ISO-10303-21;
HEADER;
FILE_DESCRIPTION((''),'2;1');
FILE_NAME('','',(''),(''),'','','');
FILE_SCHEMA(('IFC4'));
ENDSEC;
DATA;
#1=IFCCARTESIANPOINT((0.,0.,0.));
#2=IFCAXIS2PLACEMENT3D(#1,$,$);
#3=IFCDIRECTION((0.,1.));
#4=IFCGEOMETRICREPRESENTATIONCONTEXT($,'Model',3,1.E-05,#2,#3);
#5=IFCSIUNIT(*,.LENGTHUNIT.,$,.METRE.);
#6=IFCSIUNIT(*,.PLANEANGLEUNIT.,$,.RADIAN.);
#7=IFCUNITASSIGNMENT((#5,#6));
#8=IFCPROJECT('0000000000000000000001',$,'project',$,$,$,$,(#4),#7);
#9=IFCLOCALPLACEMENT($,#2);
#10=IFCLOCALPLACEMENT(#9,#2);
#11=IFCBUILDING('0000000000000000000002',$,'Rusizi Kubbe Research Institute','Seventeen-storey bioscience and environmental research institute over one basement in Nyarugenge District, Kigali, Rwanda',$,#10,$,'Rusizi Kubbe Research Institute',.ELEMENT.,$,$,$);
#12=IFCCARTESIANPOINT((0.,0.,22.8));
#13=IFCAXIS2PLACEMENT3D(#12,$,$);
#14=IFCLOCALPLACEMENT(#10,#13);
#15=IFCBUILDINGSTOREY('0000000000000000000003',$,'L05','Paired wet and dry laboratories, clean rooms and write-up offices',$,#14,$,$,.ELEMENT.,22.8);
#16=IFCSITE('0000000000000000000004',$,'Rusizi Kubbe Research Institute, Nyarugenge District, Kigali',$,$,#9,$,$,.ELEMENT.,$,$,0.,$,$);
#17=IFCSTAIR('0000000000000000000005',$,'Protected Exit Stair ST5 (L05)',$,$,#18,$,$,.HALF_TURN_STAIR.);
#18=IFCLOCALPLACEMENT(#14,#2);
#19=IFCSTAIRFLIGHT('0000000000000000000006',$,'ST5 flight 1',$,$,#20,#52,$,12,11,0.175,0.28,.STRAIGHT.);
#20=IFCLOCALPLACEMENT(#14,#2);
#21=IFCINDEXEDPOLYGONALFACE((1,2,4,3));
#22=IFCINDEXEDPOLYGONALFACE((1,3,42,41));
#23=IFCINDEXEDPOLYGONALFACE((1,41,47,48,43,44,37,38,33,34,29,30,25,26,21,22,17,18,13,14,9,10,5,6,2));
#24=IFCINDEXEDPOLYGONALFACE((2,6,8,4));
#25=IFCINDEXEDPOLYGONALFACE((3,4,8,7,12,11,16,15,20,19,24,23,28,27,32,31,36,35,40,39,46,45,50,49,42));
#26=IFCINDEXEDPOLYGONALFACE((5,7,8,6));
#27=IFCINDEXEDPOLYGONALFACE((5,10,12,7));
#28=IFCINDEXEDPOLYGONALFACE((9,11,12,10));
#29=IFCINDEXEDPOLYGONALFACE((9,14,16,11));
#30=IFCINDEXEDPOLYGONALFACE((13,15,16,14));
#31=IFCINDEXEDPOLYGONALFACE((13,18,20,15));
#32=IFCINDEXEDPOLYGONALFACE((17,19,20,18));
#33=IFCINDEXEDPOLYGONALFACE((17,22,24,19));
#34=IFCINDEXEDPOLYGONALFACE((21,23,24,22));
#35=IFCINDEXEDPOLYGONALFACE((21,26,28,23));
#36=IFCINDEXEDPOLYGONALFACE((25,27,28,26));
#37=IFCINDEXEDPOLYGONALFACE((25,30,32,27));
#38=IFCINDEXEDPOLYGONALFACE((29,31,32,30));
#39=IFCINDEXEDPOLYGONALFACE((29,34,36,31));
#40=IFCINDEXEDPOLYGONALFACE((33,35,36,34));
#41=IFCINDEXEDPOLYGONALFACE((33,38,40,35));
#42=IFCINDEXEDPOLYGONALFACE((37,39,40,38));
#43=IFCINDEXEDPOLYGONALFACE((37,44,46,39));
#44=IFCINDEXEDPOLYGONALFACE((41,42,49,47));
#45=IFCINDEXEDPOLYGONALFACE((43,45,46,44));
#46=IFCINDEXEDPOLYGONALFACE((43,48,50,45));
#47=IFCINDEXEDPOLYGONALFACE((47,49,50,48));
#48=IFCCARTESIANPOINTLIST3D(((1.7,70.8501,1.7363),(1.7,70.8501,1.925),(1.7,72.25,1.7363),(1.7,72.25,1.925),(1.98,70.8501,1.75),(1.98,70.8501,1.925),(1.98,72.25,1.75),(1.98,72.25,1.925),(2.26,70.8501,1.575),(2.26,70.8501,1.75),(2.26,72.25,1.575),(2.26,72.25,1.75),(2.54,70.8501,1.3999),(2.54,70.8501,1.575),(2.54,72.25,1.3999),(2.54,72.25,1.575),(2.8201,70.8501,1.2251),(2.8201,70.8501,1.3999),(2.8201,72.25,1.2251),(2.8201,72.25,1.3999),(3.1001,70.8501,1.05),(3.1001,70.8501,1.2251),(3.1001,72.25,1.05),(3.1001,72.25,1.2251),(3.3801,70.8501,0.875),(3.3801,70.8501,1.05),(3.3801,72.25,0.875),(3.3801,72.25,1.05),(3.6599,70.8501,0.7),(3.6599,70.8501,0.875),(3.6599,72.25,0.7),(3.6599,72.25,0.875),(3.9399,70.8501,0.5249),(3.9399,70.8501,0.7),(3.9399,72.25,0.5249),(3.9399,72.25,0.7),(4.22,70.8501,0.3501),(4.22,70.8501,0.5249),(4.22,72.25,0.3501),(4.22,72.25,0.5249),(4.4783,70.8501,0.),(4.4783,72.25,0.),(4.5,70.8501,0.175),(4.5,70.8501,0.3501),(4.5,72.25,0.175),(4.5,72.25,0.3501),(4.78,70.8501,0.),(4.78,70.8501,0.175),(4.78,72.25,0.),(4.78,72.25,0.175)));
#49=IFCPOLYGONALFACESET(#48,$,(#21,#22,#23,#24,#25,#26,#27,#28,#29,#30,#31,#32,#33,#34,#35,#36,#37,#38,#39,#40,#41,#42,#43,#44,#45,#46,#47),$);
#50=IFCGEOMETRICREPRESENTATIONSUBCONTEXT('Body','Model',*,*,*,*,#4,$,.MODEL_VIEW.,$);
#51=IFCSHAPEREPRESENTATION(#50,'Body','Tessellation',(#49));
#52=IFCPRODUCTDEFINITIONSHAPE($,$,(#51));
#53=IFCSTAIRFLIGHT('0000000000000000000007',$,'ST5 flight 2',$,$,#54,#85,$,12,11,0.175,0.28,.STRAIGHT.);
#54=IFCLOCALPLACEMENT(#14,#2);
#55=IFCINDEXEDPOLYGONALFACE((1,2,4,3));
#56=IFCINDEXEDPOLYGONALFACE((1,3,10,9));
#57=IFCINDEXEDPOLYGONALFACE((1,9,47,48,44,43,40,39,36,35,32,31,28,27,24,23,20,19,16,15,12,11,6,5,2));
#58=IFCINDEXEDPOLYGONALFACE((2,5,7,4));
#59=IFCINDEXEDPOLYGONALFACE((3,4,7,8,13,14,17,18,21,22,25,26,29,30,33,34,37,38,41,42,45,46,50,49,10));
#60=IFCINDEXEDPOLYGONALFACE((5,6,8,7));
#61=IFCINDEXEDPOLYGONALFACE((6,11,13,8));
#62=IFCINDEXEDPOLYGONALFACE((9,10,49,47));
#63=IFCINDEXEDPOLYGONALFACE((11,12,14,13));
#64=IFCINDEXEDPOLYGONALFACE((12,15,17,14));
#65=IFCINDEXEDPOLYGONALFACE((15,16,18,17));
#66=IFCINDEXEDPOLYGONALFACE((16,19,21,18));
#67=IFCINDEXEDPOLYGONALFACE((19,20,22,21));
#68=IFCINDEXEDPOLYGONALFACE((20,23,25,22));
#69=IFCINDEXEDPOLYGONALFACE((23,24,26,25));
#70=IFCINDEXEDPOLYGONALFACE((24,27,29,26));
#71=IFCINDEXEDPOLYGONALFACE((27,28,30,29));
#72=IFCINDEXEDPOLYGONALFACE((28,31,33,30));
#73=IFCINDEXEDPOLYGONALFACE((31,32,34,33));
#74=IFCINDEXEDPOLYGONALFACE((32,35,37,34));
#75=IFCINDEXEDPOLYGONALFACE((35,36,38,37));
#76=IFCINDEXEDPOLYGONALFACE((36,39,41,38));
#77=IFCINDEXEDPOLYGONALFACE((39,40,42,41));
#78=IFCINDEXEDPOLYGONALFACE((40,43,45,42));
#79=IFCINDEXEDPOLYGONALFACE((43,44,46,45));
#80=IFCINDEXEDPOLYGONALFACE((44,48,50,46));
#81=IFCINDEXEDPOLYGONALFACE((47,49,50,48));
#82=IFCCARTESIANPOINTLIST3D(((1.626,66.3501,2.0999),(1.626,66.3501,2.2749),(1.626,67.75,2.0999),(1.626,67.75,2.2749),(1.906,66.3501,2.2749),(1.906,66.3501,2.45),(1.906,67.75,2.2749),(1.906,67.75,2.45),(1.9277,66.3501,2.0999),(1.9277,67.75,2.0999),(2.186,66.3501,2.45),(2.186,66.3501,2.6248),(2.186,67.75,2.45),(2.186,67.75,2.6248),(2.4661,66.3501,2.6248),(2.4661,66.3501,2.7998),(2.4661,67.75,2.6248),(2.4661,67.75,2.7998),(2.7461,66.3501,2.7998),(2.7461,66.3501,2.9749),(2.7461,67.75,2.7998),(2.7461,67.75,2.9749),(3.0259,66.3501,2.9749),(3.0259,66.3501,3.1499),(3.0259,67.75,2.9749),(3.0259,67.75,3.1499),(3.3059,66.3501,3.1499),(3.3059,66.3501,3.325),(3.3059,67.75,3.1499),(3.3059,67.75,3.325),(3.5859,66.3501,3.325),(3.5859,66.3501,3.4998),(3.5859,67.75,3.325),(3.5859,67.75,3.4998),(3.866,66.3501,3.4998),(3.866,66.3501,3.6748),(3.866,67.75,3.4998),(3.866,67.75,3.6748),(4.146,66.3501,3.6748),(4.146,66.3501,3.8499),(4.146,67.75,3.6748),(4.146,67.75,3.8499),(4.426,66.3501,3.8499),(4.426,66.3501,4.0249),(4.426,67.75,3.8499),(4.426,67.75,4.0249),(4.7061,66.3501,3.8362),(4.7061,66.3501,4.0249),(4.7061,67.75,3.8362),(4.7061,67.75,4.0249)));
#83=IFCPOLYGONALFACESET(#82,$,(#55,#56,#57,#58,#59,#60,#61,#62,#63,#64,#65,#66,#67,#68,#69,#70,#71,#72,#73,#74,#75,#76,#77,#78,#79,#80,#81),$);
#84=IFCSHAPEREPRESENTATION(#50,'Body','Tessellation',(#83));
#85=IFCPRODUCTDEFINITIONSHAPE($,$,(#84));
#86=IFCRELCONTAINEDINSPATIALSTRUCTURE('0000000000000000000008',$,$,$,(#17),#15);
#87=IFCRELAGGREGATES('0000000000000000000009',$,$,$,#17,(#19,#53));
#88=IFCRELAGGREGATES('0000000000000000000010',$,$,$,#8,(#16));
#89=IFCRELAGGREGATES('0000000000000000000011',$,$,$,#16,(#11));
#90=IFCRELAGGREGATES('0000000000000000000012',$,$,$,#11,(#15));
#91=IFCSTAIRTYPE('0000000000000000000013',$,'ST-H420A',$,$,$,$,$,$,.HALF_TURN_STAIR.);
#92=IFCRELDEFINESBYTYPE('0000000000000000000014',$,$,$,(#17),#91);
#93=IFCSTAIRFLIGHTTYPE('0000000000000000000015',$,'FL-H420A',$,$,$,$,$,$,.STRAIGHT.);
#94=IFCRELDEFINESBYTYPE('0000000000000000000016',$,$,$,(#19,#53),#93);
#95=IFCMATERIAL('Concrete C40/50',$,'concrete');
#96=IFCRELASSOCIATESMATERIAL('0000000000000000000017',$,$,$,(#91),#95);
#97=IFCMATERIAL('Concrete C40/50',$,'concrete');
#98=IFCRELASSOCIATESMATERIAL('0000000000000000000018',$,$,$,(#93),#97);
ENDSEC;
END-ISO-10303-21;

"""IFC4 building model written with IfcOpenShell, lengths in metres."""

from ifc_helpers import new_model, si_unit, direction, frame, origin, place, context, subcontext, project, spatial, polyline, outline, extrude, material, type_object, element, aggregate, save


model = new_model("IFC4")

# Units and contexts
model_context = context("Model", 3, precision=1e-05, world=origin(), true_north=direction((0.0, 1.0)))
body_context = subcontext(model_context, "Body", "Model", "MODEL_VIEW")
ifc_project = project(units=[si_unit("LENGTHUNIT", "METRE"), si_unit("PLANEANGLEUNIT", "RADIAN")], contexts=[model_context])

# Site, building, storey
site_placement = place(None, origin())
site = spatial("IfcSite", under=ifc_project, at=site_placement, Name="Rusizi Kubbe Research Institute, Nyarugenge District, Kigali", CompositionType="ELEMENT", RefElevation=0.0)
building_placement = place(site_placement, origin())
building = spatial("IfcBuilding", under=site, at=building_placement, Name="Rusizi Kubbe Research Institute", Description="Seventeen-storey bioscience and environmental research institute over one basement in Nyarugenge District, Kigali, Rwanda", LongName="Rusizi Kubbe Research Institute", CompositionType="ELEMENT")
storey_placement = place(building_placement, frame((0.0, 0.0, 22.8)))
storey = spatial("IfcBuildingStorey", under=building, at=storey_placement, Name="L05", Description="Paired wet and dry laboratories, clean rooms and write-up offices", CompositionType="ELEMENT", Elevation=22.8)

# Stair, stair flights
ifc_material_1 = material(Name="Concrete C40/50", Category="concrete")
stair_type = type_object("IfcStairType", Name="ST-H420A", PredefinedType="HALF_TURN_STAIR", material=ifc_material_1)
stair_placement = place(storey_placement, origin())
stair = element("IfcStair", 1, at=stair_placement, inside=storey, type_object=stair_type, Name="Protected Exit Stair ST5 (L05)", PredefinedType="HALF_TURN_STAIR")
ifc_material_2 = material(Name="Concrete C40/50", Category="concrete")
stair_flight_type = type_object("IfcStairFlightType", Name="FL-H420A", PredefinedType="STRAIGHT", material=ifc_material_2)
stair_flight_1_placement = place(storey_placement, frame((4.78, 71.55, 0.0), z_axis=(0.0, 0.0, 1.0), x_axis=(-1.0, 0.0, 0.0)))
stair_flight_1 = element("IfcStairFlight", 2, at=stair_flight_1_placement, type_object=stair_flight_type, Name="ST5 flight 1", NumberOfRisers=12, NumberOfTreads=11, PredefinedType="STRAIGHT", RiserHeight=0.175, TreadLength=0.28, context=body_context, shape_type="SweptSolid", body=[
    extrude(outline(polyline([(0.0, 0.0), (0.0, 0.175), (0.28, 0.175), (0.28, 0.3501), (0.5601, 0.3501), (0.5601, 0.5249), (0.8401, 0.5249), (0.8401, 0.7), (1.1201, 0.7), (1.1201, 0.875), (1.3999, 0.875), (1.3999, 1.05), (1.6799, 1.05), (1.6799, 1.2251), (1.96, 1.2251), (1.96, 1.3999), (2.24, 1.3999), (2.24, 1.575), (2.52, 1.575), (2.52, 1.75), (2.8, 1.75), (2.8, 1.925), (3.0801, 1.925), (3.0801, 2.1001), (3.0801, 1.7363), (0.3018, 0.0), (0.0, 0.0)])), frame((0.0, 0.7, 0.0), z_axis=(0.0, -1.0, 0.0), x_axis=(1.0, 0.0, 0.0)), (0.0, 0.0, 1.0), 1.3999),
])
stair_flight_2_placement = place(storey_placement, frame((1.626, 67.05, 2.0999), z_axis=(0.0, 0.0, 1.0), x_axis=(1.0, 0.0, 0.0)))
stair_flight_2 = element("IfcStairFlight", 3, at=stair_flight_2_placement, type_object=stair_flight_type, Name="ST5 flight 2", NumberOfRisers=12, NumberOfTreads=11, PredefinedType="STRAIGHT", RiserHeight=0.175, TreadLength=0.28, context=body_context, shape_type="SweptSolid", body=[
    extrude(outline(polyline([(0.0, 0.0), (0.0, 0.175), (0.28, 0.175), (0.28, 0.3501), (0.5601, 0.3501), (0.5601, 0.5249), (0.8401, 0.5249), (0.8401, 0.7), (1.1201, 0.7), (1.1201, 0.875), (1.3999, 0.875), (1.3999, 1.05), (1.6799, 1.05), (1.6799, 1.2251), (1.96, 1.2251), (1.96, 1.3999), (2.24, 1.3999), (2.24, 1.575), (2.52, 1.575), (2.52, 1.75), (2.8, 1.75), (2.8, 1.925), (3.0801, 1.925), (3.0801, 2.1001), (3.0801, 1.7363), (0.3018, 0.0), (0.0, 0.0)])), frame((0.0, 0.7, 0.0), z_axis=(0.0, -1.0, 0.0), x_axis=(1.0, 0.0, 0.0)), (0.0, 0.0, 1.0), 1.3999),
])
aggregate(stair, [stair_flight_1, stair_flight_2])

save(model, "model.ifc")
